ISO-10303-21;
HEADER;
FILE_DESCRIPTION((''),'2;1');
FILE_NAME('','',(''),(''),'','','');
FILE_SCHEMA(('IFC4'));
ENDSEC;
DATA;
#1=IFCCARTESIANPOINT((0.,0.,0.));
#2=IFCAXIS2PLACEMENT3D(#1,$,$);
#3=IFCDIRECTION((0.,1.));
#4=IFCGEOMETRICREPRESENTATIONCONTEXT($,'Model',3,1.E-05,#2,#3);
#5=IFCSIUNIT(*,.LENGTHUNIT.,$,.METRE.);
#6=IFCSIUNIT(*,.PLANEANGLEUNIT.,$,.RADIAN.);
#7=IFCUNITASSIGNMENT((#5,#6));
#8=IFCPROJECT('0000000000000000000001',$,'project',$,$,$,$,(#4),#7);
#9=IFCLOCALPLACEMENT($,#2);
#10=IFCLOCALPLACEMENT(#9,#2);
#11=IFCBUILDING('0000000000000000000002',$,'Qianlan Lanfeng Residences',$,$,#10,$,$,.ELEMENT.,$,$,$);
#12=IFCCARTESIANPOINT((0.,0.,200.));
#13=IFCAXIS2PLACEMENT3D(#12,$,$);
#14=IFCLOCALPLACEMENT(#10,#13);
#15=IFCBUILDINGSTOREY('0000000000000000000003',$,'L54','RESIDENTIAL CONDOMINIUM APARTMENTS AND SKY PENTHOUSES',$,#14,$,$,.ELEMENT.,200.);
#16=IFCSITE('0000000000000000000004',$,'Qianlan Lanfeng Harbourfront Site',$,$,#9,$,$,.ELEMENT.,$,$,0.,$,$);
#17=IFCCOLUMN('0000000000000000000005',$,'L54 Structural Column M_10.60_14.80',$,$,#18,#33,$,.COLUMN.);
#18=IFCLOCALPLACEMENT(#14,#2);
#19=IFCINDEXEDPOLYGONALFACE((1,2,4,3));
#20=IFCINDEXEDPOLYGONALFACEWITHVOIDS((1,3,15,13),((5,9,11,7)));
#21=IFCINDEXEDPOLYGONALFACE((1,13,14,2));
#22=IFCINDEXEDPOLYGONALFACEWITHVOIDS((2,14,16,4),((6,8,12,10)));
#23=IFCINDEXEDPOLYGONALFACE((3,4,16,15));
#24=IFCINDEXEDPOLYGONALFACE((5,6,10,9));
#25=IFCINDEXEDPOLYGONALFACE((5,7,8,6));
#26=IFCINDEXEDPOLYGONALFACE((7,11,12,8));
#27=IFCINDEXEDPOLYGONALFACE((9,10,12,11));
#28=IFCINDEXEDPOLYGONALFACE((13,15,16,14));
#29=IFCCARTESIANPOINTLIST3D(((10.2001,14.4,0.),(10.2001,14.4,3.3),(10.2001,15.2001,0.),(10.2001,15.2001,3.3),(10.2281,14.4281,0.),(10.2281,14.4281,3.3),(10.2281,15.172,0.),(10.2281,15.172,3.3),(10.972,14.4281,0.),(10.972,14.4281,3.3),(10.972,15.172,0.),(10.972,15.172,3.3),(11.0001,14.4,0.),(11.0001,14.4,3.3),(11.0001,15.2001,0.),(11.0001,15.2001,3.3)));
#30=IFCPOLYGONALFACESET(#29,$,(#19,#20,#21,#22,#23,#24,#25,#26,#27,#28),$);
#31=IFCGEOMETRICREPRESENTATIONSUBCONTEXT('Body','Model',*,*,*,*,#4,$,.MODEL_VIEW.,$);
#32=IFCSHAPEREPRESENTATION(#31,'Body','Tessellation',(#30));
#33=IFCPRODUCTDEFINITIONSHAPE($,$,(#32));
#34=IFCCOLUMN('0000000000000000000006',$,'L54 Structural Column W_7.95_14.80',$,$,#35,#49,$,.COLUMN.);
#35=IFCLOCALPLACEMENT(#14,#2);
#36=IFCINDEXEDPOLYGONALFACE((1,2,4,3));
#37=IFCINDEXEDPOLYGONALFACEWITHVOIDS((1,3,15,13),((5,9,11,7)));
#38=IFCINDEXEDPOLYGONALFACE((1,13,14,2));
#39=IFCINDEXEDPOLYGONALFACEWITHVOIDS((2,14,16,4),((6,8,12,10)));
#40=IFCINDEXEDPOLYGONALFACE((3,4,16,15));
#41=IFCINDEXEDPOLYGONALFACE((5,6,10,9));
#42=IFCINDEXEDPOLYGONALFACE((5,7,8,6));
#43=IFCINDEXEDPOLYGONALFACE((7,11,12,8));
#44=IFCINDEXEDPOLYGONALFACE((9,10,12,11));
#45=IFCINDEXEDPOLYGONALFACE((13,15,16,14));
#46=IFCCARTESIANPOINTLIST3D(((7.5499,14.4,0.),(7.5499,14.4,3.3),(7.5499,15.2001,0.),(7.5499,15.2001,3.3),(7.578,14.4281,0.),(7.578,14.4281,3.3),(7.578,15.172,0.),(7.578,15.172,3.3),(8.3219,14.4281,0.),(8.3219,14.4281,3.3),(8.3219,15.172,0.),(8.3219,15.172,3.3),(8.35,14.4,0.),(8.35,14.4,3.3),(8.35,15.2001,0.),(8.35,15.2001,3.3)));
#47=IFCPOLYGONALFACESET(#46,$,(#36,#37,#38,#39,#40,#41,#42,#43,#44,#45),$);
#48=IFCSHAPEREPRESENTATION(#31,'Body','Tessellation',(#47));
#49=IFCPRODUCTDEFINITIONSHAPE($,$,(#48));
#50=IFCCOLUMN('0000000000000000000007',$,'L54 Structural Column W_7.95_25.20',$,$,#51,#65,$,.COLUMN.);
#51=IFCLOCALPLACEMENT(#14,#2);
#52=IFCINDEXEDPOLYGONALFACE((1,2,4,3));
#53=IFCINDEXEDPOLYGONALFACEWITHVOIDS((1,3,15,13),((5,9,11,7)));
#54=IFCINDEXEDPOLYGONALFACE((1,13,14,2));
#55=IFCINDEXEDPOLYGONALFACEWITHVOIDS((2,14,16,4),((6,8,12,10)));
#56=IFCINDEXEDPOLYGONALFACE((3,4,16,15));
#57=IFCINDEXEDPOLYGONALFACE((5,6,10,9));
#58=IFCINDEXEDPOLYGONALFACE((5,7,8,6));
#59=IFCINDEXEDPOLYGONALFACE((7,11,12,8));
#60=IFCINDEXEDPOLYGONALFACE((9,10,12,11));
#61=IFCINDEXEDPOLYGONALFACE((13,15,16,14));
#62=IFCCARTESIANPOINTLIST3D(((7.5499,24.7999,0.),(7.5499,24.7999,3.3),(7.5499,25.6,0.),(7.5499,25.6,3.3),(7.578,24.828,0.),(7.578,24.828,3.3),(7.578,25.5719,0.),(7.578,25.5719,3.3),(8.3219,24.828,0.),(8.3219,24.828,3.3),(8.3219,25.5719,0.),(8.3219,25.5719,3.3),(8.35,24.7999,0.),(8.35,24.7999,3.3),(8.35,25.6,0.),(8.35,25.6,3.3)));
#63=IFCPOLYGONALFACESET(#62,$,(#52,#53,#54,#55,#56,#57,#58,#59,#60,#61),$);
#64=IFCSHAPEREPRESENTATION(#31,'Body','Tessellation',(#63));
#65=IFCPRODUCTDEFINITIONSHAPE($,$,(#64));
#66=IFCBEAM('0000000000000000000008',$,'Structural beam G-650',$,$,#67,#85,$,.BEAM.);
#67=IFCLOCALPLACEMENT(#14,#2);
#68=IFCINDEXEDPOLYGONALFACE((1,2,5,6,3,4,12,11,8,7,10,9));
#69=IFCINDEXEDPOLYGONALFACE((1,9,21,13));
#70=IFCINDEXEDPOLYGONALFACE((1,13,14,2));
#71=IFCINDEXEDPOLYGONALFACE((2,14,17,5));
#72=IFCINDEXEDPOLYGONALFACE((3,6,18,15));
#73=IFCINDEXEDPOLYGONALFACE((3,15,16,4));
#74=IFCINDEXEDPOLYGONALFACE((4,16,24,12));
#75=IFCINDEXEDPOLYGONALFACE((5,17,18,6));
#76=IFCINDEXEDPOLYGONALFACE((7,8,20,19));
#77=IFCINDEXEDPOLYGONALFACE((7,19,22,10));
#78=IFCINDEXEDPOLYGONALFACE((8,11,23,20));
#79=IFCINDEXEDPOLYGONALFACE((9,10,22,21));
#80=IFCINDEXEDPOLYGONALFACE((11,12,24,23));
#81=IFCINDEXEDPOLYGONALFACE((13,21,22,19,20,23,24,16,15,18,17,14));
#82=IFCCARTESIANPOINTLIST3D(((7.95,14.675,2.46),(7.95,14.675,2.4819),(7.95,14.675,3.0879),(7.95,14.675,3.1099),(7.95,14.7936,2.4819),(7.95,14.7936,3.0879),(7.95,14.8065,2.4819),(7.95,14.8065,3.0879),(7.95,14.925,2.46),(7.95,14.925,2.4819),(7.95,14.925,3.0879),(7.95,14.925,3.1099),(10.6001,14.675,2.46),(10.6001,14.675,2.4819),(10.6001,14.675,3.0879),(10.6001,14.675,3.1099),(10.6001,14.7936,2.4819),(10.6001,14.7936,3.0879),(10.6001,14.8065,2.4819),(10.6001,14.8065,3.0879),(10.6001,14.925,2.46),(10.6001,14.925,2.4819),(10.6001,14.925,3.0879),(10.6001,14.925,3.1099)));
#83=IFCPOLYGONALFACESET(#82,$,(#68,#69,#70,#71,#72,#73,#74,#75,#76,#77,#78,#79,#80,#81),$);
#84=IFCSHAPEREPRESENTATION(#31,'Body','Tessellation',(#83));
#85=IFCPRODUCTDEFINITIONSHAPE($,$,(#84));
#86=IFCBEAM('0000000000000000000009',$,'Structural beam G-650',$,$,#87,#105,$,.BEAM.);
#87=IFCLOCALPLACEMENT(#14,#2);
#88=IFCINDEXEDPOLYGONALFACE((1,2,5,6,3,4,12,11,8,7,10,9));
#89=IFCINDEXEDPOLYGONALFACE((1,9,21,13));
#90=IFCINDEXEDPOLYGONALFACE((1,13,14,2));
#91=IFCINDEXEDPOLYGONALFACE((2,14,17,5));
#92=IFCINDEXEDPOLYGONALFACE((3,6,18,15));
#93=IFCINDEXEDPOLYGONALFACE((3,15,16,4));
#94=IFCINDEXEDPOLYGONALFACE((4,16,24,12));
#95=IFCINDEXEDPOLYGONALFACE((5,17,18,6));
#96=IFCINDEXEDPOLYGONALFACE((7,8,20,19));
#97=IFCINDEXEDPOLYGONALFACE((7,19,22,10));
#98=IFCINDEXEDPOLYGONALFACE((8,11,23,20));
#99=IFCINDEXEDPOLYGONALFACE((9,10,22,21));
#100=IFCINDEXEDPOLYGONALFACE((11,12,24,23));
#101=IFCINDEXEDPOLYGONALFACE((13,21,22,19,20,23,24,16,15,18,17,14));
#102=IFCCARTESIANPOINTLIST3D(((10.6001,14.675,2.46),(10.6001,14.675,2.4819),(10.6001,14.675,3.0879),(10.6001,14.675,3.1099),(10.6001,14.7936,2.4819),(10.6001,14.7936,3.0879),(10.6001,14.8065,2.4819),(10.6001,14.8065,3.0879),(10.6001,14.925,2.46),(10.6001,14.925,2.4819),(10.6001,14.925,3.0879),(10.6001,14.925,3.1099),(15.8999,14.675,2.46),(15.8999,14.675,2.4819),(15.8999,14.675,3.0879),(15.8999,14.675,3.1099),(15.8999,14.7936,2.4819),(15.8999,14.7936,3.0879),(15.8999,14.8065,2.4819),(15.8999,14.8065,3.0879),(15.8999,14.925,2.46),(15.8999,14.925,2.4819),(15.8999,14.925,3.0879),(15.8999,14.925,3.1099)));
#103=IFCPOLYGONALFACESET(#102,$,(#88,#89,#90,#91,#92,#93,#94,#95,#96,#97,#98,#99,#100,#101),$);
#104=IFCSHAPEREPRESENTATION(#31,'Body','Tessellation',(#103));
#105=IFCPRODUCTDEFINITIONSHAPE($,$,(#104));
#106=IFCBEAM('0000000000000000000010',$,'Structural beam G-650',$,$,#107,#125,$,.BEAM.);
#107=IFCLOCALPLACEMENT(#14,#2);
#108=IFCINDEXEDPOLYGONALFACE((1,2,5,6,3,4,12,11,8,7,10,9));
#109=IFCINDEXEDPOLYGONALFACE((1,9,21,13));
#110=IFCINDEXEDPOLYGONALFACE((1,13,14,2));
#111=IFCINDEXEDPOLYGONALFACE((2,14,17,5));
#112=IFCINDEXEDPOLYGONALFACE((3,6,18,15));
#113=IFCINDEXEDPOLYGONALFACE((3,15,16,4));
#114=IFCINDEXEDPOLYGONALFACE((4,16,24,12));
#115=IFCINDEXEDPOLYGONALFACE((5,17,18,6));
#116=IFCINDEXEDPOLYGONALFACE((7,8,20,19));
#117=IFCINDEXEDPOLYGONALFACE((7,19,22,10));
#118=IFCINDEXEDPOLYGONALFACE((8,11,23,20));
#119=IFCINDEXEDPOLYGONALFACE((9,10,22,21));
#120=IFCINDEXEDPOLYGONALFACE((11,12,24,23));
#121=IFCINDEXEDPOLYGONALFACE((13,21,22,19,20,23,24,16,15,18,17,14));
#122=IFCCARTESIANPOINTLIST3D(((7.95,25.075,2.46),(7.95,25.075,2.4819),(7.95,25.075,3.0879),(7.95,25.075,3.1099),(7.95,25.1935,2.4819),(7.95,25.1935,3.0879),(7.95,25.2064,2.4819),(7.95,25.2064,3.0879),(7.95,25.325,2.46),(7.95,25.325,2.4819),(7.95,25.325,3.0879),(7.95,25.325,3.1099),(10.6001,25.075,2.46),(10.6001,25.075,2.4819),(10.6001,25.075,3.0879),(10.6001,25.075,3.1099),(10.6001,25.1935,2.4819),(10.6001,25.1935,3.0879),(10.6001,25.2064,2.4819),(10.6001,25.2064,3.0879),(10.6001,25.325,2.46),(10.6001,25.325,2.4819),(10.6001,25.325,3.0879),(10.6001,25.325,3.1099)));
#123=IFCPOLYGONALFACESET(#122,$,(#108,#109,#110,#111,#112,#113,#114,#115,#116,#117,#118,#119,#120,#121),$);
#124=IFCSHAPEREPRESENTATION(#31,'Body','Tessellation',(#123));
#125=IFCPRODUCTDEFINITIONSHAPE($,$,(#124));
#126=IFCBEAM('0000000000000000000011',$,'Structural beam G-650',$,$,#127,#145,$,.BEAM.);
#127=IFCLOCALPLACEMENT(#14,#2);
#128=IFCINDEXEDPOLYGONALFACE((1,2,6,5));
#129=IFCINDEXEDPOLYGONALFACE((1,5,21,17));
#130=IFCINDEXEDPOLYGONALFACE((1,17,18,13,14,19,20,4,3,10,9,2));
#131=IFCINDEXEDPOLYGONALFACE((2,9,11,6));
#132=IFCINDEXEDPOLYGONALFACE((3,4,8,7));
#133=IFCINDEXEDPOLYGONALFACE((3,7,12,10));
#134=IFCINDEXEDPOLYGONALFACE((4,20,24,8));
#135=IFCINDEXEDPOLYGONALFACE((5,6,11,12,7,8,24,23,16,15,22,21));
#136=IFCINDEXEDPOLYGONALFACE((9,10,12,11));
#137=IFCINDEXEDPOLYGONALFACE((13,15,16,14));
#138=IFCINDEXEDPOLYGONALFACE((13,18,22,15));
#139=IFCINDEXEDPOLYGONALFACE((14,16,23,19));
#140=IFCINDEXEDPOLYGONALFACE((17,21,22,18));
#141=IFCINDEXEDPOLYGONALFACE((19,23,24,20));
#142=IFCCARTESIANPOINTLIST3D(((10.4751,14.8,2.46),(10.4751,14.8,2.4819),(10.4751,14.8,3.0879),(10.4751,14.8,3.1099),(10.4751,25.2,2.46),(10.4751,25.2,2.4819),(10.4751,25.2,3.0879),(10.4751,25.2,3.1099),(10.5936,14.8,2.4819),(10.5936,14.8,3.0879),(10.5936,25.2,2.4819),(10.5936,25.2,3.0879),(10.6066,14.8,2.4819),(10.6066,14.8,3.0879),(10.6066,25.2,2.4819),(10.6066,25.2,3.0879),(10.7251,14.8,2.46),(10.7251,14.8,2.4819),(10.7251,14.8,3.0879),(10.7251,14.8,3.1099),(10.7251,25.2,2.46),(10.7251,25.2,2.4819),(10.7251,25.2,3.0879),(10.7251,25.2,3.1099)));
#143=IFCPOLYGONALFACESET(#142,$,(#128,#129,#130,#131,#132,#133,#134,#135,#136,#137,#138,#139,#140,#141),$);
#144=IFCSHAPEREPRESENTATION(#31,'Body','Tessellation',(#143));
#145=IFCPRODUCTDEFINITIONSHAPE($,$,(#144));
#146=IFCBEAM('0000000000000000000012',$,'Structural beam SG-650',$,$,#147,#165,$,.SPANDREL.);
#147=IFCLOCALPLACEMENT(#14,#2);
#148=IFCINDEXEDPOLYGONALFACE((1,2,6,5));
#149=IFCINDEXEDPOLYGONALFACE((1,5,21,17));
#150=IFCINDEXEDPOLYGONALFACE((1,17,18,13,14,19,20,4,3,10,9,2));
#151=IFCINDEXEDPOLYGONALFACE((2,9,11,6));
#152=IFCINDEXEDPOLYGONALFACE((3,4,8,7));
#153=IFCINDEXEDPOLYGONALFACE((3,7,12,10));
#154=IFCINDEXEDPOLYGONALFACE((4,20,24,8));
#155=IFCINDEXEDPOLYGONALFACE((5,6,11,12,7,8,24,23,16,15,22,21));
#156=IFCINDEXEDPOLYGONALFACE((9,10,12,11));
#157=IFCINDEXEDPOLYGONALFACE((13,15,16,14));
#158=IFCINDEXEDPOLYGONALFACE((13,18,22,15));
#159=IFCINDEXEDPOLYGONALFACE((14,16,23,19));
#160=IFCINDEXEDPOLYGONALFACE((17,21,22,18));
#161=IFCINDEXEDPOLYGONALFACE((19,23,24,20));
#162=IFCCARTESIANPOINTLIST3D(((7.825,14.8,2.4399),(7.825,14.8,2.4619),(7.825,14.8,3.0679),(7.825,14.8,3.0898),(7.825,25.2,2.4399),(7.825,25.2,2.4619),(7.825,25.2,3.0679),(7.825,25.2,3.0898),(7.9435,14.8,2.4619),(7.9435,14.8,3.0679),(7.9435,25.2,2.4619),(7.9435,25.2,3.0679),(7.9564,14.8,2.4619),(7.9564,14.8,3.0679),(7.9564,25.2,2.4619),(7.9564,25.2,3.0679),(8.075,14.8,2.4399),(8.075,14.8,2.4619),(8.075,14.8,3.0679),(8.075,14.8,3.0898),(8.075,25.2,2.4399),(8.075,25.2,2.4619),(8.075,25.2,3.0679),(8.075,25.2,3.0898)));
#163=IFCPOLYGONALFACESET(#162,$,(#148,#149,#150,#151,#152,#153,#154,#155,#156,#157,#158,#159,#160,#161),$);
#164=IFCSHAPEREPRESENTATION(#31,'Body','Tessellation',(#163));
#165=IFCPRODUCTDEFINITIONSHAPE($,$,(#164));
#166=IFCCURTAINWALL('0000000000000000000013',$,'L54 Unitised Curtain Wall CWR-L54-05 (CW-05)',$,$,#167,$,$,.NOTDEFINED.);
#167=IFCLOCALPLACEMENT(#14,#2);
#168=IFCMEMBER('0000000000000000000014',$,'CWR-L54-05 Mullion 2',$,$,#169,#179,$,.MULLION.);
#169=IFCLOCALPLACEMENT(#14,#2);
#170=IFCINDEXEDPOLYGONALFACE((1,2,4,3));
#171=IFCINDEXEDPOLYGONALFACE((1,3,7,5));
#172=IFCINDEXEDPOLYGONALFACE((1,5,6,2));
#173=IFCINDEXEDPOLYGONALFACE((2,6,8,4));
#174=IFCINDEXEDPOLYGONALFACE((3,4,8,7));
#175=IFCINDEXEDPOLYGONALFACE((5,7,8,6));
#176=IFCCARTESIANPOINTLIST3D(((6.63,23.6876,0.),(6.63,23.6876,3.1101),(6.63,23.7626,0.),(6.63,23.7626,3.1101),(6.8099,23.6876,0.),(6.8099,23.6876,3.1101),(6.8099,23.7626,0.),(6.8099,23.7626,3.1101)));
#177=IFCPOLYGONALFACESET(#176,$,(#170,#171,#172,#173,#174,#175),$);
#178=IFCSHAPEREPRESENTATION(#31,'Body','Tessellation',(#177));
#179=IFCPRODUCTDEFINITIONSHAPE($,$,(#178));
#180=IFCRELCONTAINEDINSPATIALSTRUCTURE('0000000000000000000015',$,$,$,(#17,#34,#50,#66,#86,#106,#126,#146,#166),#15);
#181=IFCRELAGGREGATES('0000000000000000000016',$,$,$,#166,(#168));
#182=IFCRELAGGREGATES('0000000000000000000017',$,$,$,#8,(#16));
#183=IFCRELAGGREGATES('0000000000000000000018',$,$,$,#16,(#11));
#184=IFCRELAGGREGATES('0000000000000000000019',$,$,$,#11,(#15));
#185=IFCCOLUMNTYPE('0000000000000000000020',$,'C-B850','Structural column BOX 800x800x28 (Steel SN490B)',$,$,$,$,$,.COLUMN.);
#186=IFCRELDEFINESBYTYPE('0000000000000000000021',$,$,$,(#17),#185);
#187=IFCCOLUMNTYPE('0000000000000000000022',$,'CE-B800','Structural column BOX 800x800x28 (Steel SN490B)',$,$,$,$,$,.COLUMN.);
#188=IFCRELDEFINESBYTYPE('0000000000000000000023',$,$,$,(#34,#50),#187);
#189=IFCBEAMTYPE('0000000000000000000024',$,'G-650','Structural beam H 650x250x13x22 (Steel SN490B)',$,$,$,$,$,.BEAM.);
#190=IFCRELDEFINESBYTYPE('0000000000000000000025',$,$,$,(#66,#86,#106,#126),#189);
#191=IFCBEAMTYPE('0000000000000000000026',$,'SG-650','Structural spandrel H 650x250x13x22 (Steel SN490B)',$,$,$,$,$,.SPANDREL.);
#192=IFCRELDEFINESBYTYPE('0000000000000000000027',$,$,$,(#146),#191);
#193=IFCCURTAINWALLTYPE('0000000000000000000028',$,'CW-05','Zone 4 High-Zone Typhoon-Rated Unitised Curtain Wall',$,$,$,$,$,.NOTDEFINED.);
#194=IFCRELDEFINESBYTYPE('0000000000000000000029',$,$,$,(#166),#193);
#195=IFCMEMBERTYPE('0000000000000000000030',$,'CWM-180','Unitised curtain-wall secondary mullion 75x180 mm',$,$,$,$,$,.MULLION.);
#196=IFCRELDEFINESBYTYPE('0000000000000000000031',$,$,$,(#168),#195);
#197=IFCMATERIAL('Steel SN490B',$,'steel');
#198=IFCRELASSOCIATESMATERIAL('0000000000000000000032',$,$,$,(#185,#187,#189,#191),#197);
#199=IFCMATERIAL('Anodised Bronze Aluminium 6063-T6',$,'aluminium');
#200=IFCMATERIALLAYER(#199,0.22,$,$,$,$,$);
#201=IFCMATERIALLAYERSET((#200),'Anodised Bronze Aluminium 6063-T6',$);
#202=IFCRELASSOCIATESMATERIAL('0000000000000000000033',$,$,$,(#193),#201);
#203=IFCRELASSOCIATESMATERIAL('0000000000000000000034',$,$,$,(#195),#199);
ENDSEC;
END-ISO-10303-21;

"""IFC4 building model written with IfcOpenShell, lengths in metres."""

from ifc_helpers import new_model, si_unit, direction, frame, origin, origin_2d, place, context, subcontext, project, spatial, rectangle, hollow_rectangle, i_section, extrude, source, transform, mapped, material, layer, layer_set, material_profile, profile_set, type_object, element, aggregate, save


model = new_model("IFC4")

# Units and contexts
model_context = context("Model", 3, precision=1e-05, world=origin(), true_north=direction((0.0, 1.0)))
body_context = subcontext(model_context, "Body", "Model", "MODEL_VIEW")
ifc_project = project(units=[si_unit("LENGTHUNIT", "METRE"), si_unit("PLANEANGLEUNIT", "RADIAN")], contexts=[model_context])

# Site, building, storey
site_placement = place(None, origin())
site = spatial("IfcSite", under=ifc_project, at=site_placement, Name="Qianlan Lanfeng Harbourfront Site", CompositionType="ELEMENT", RefElevation=0.0)
building_placement = place(site_placement, origin())
building = spatial("IfcBuilding", under=site, at=building_placement, Name="Qianlan Lanfeng Residences", CompositionType="ELEMENT")
storey_placement = place(building_placement, frame((0.0, 0.0, 200.0)))
storey = spatial("IfcBuildingStorey", under=building, at=storey_placement, Name="L54", Description="RESIDENTIAL CONDOMINIUM APARTMENTS AND SKY PENTHOUSES", CompositionType="ELEMENT", Elevation=200.0)

# Columns
ifc_material_1 = material(Name="Steel SN490B", Category="steel")
ifc_material_profile_1 = material_profile(ifc_material_1, hollow_rectangle(XDim=0.8, YDim=0.8, WallThickness=0.0281, at=origin_2d()), Name="BOX 800x800x28")
ifc_profile_set_1 = profile_set([ifc_material_profile_1], Name="Steel SN490B")
column_type_1 = type_object("IfcColumnType", Name="C-B850", Description="Structural column BOX 800x800x28 (Steel SN490B)", PredefinedType="COLUMN", material=ifc_profile_set_1)
column_placement = place(storey_placement, frame((10.6001, 14.8, 0.0), z_axis=(0.0, 0.0, 1.0), x_axis=(1.0, 0.0, 0.0)))
element("IfcColumn", 1, at=column_placement, inside=storey, type_object=column_type_1, Name="L54 Structural Column M_10.60_14.80", PredefinedType="COLUMN", context=body_context, shape_type="SweptSolid", body=[
    extrude(hollow_rectangle(XDim=0.8, YDim=0.8, WallThickness=0.0281, at=origin_2d()), origin(), (0.0, 0.0, 1.0), 3.3),
])
ifc_material_profile_2 = material_profile(ifc_material_1, hollow_rectangle(XDim=0.8, YDim=0.8, WallThickness=0.0281, at=origin_2d()), Name="BOX 800x800x28")
ifc_profile_set_2 = profile_set([ifc_material_profile_2], Name="Steel SN490B")
column_type_2 = type_object("IfcColumnType", Name="CE-B800", Description="Structural column BOX 800x800x28 (Steel SN490B)", PredefinedType="COLUMN", material=ifc_profile_set_2)
for number, where, z_axis, x_axis, name in (
    (2, (7.95, 14.8, 0.0), (0.0, 0.0, 1.0), (1.0, 0.0, 0.0), "L54 Structural Column W_7.95_14.80"),
    (3, (7.95, 25.2, 0.0), (0.0, 0.0, 1.0), (1.0, 0.0, 0.0), "L54 Structural Column W_7.95_25.20"),
):
    element("IfcColumn", number, at=place(storey_placement, frame(where, z_axis=z_axis, x_axis=x_axis)), inside=storey, type_object=column_type_2, Name=name, PredefinedType="COLUMN", context=body_context, shape_type="SweptSolid", body=[
        extrude(hollow_rectangle(XDim=0.8, YDim=0.8, WallThickness=0.0281, at=origin_2d()), origin(), (0.0, 0.0, 1.0), 3.3),
    ])

# Beams
ifc_material_profile_3 = material_profile(ifc_material_1, i_section(OverallWidth=0.25, OverallDepth=0.6499, WebThickness=0.0129, FlangeThickness=0.022, at=origin_2d()), Name="H 650x250x13x22")
ifc_profile_set_3 = profile_set([ifc_material_profile_3], Name="Steel SN490B")
beam_type_1 = type_object("IfcBeamType", Name="G-650", Description="Structural beam H 650x250x13x22 (Steel SN490B)", PredefinedType="BEAM", material=ifc_profile_set_3)
beam_1_placement = place(storey_placement, frame((7.95, 14.8, 2.7849), z_axis=(1.0, 0.0, 0.0), x_axis=(0.0, 1.0, 0.0)))
element("IfcBeam", 4, at=beam_1_placement, inside=storey, type_object=beam_type_1, Name="Structural beam G-650", PredefinedType="BEAM", context=body_context, shape_type="SweptSolid", body=[
    extrude(i_section(OverallWidth=0.25, OverallDepth=0.6499, WebThickness=0.0129, FlangeThickness=0.022, at=origin_2d()), origin(), (0.0, 0.0, 1.0), 2.6501),
])
beam_2_placement = place(storey_placement, frame((10.6001, 14.8, 2.7849), z_axis=(1.0, 0.0, 0.0), x_axis=(0.0, 1.0, 0.0)))
element("IfcBeam", 5, at=beam_2_placement, inside=storey, type_object=beam_type_1, Name="Structural beam G-650", PredefinedType="BEAM", context=body_context, shape_type="SweptSolid", body=[
    extrude(i_section(OverallWidth=0.25, OverallDepth=0.6499, WebThickness=0.0129, FlangeThickness=0.022, at=origin_2d()), origin(), (0.0, 0.0, 1.0), 5.2998),
])
beam_3_placement = place(storey_placement, frame((7.95, 25.2, 2.7849), z_axis=(1.0, 0.0, 0.0), x_axis=(0.0, 1.0, 0.0)))
element("IfcBeam", 6, at=beam_3_placement, inside=storey, type_object=beam_type_1, Name="Structural beam G-650", PredefinedType="BEAM", context=body_context, shape_type="SweptSolid", body=[
    extrude(i_section(OverallWidth=0.25, OverallDepth=0.6499, WebThickness=0.0129, FlangeThickness=0.022, at=origin_2d()), origin(), (0.0, 0.0, 1.0), 2.6501),
])
beam_4_placement = place(storey_placement, frame((10.6001, 14.8, 2.7849), z_axis=(0.0, 1.0, 0.0), x_axis=(-1.0, 0.0, 0.0)))
element("IfcBeam", 7, at=beam_4_placement, inside=storey, type_object=beam_type_1, Name="Structural beam G-650", PredefinedType="BEAM", context=body_context, shape_type="SweptSolid", body=[
    extrude(i_section(OverallWidth=0.25, OverallDepth=0.6499, WebThickness=0.0129, FlangeThickness=0.022, at=origin_2d()), origin(), (0.0, 0.0, 1.0), 10.3999),
])
ifc_material_profile_4 = material_profile(ifc_material_1, i_section(OverallWidth=0.25, OverallDepth=0.6499, WebThickness=0.0129, FlangeThickness=0.022, at=origin_2d()), Name="H 650x250x13x22")
ifc_profile_set_4 = profile_set([ifc_material_profile_4], Name="Steel SN490B")
beam_type_2 = type_object("IfcBeamType", Name="SG-650", Description="Structural spandrel H 650x250x13x22 (Steel SN490B)", PredefinedType="SPANDREL", material=ifc_profile_set_4)
beam_5_placement = place(storey_placement, frame((7.95, 14.8, 2.7649), z_axis=(0.0, 1.0, 0.0), x_axis=(-1.0, 0.0, 0.0)))
element("IfcBeam", 8, at=beam_5_placement, inside=storey, type_object=beam_type_2, Name="Structural beam SG-650", PredefinedType="SPANDREL", context=body_context, shape_type="SweptSolid", body=[
    extrude(i_section(OverallWidth=0.25, OverallDepth=0.6499, WebThickness=0.0129, FlangeThickness=0.022, at=origin_2d()), origin(), (0.0, 0.0, 1.0), 10.3999),
])

# Curtain wall, member
ifc_material_2 = material(Name="Anodised Bronze Aluminium 6063-T6", Category="aluminium")
ifc_layer_1 = layer(ifc_material_2, 0.22)
ifc_layer_set_1 = layer_set([ifc_layer_1], Name="Anodised Bronze Aluminium 6063-T6")
curtain_wall_type = type_object("IfcCurtainWallType", Name="CW-05", Description="Zone 4 High-Zone Typhoon-Rated Unitised Curtain Wall", PredefinedType="NOTDEFINED", material=ifc_layer_set_1)
curtain_wall_placement = place(storey_placement, origin())
curtain_wall = element("IfcCurtainWall", 9, at=curtain_wall_placement, inside=storey, type_object=curtain_wall_type, Name="L54 Unitised Curtain Wall CWR-L54-05 (CW-05)", PredefinedType="NOTDEFINED")
ifc_material_profile_5 = material_profile(ifc_material_2, rectangle(XDim=0.075, YDim=0.1799, at=origin_2d()), Name="ALU MULLION 75x180")
ifc_profile_set_5 = profile_set([ifc_material_profile_5], Name="Anodised Bronze Aluminium 6063-T6")
member_type_1 = type_object("IfcMemberType", Name="CWM-180", Description="Unitised curtain-wall secondary mullion 75x180 mm", PredefinedType="MULLION", material=ifc_profile_set_5)
shared_shape_1 = source(origin(), body_context, "Body", "SweptSolid", [
    extrude(rectangle(XDim=0.075, YDim=0.1799, at=origin_2d()), origin(), (0.0, 0.0, 1.0), 3.1101),
])
member_1_placement = place(storey_placement, frame((6.72, 23.7251, 0.0), z_axis=(0.0, 0.0, 1.0), x_axis=(0.0, -1.0, 0.0)))
member_1 = element("IfcMember", 10, at=member_1_placement, type_object=member_type_1, Name="CWR-L54-05 Mullion 2", PredefinedType="MULLION", context=body_context, shape_type="MappedRepresentation", body=[
    mapped(shared_shape_1, transform((0.0, 0.0, 0.0), scale=1.0)),
])
aggregate(curtain_wall, [member_1])

save(model, "model.ifc")
